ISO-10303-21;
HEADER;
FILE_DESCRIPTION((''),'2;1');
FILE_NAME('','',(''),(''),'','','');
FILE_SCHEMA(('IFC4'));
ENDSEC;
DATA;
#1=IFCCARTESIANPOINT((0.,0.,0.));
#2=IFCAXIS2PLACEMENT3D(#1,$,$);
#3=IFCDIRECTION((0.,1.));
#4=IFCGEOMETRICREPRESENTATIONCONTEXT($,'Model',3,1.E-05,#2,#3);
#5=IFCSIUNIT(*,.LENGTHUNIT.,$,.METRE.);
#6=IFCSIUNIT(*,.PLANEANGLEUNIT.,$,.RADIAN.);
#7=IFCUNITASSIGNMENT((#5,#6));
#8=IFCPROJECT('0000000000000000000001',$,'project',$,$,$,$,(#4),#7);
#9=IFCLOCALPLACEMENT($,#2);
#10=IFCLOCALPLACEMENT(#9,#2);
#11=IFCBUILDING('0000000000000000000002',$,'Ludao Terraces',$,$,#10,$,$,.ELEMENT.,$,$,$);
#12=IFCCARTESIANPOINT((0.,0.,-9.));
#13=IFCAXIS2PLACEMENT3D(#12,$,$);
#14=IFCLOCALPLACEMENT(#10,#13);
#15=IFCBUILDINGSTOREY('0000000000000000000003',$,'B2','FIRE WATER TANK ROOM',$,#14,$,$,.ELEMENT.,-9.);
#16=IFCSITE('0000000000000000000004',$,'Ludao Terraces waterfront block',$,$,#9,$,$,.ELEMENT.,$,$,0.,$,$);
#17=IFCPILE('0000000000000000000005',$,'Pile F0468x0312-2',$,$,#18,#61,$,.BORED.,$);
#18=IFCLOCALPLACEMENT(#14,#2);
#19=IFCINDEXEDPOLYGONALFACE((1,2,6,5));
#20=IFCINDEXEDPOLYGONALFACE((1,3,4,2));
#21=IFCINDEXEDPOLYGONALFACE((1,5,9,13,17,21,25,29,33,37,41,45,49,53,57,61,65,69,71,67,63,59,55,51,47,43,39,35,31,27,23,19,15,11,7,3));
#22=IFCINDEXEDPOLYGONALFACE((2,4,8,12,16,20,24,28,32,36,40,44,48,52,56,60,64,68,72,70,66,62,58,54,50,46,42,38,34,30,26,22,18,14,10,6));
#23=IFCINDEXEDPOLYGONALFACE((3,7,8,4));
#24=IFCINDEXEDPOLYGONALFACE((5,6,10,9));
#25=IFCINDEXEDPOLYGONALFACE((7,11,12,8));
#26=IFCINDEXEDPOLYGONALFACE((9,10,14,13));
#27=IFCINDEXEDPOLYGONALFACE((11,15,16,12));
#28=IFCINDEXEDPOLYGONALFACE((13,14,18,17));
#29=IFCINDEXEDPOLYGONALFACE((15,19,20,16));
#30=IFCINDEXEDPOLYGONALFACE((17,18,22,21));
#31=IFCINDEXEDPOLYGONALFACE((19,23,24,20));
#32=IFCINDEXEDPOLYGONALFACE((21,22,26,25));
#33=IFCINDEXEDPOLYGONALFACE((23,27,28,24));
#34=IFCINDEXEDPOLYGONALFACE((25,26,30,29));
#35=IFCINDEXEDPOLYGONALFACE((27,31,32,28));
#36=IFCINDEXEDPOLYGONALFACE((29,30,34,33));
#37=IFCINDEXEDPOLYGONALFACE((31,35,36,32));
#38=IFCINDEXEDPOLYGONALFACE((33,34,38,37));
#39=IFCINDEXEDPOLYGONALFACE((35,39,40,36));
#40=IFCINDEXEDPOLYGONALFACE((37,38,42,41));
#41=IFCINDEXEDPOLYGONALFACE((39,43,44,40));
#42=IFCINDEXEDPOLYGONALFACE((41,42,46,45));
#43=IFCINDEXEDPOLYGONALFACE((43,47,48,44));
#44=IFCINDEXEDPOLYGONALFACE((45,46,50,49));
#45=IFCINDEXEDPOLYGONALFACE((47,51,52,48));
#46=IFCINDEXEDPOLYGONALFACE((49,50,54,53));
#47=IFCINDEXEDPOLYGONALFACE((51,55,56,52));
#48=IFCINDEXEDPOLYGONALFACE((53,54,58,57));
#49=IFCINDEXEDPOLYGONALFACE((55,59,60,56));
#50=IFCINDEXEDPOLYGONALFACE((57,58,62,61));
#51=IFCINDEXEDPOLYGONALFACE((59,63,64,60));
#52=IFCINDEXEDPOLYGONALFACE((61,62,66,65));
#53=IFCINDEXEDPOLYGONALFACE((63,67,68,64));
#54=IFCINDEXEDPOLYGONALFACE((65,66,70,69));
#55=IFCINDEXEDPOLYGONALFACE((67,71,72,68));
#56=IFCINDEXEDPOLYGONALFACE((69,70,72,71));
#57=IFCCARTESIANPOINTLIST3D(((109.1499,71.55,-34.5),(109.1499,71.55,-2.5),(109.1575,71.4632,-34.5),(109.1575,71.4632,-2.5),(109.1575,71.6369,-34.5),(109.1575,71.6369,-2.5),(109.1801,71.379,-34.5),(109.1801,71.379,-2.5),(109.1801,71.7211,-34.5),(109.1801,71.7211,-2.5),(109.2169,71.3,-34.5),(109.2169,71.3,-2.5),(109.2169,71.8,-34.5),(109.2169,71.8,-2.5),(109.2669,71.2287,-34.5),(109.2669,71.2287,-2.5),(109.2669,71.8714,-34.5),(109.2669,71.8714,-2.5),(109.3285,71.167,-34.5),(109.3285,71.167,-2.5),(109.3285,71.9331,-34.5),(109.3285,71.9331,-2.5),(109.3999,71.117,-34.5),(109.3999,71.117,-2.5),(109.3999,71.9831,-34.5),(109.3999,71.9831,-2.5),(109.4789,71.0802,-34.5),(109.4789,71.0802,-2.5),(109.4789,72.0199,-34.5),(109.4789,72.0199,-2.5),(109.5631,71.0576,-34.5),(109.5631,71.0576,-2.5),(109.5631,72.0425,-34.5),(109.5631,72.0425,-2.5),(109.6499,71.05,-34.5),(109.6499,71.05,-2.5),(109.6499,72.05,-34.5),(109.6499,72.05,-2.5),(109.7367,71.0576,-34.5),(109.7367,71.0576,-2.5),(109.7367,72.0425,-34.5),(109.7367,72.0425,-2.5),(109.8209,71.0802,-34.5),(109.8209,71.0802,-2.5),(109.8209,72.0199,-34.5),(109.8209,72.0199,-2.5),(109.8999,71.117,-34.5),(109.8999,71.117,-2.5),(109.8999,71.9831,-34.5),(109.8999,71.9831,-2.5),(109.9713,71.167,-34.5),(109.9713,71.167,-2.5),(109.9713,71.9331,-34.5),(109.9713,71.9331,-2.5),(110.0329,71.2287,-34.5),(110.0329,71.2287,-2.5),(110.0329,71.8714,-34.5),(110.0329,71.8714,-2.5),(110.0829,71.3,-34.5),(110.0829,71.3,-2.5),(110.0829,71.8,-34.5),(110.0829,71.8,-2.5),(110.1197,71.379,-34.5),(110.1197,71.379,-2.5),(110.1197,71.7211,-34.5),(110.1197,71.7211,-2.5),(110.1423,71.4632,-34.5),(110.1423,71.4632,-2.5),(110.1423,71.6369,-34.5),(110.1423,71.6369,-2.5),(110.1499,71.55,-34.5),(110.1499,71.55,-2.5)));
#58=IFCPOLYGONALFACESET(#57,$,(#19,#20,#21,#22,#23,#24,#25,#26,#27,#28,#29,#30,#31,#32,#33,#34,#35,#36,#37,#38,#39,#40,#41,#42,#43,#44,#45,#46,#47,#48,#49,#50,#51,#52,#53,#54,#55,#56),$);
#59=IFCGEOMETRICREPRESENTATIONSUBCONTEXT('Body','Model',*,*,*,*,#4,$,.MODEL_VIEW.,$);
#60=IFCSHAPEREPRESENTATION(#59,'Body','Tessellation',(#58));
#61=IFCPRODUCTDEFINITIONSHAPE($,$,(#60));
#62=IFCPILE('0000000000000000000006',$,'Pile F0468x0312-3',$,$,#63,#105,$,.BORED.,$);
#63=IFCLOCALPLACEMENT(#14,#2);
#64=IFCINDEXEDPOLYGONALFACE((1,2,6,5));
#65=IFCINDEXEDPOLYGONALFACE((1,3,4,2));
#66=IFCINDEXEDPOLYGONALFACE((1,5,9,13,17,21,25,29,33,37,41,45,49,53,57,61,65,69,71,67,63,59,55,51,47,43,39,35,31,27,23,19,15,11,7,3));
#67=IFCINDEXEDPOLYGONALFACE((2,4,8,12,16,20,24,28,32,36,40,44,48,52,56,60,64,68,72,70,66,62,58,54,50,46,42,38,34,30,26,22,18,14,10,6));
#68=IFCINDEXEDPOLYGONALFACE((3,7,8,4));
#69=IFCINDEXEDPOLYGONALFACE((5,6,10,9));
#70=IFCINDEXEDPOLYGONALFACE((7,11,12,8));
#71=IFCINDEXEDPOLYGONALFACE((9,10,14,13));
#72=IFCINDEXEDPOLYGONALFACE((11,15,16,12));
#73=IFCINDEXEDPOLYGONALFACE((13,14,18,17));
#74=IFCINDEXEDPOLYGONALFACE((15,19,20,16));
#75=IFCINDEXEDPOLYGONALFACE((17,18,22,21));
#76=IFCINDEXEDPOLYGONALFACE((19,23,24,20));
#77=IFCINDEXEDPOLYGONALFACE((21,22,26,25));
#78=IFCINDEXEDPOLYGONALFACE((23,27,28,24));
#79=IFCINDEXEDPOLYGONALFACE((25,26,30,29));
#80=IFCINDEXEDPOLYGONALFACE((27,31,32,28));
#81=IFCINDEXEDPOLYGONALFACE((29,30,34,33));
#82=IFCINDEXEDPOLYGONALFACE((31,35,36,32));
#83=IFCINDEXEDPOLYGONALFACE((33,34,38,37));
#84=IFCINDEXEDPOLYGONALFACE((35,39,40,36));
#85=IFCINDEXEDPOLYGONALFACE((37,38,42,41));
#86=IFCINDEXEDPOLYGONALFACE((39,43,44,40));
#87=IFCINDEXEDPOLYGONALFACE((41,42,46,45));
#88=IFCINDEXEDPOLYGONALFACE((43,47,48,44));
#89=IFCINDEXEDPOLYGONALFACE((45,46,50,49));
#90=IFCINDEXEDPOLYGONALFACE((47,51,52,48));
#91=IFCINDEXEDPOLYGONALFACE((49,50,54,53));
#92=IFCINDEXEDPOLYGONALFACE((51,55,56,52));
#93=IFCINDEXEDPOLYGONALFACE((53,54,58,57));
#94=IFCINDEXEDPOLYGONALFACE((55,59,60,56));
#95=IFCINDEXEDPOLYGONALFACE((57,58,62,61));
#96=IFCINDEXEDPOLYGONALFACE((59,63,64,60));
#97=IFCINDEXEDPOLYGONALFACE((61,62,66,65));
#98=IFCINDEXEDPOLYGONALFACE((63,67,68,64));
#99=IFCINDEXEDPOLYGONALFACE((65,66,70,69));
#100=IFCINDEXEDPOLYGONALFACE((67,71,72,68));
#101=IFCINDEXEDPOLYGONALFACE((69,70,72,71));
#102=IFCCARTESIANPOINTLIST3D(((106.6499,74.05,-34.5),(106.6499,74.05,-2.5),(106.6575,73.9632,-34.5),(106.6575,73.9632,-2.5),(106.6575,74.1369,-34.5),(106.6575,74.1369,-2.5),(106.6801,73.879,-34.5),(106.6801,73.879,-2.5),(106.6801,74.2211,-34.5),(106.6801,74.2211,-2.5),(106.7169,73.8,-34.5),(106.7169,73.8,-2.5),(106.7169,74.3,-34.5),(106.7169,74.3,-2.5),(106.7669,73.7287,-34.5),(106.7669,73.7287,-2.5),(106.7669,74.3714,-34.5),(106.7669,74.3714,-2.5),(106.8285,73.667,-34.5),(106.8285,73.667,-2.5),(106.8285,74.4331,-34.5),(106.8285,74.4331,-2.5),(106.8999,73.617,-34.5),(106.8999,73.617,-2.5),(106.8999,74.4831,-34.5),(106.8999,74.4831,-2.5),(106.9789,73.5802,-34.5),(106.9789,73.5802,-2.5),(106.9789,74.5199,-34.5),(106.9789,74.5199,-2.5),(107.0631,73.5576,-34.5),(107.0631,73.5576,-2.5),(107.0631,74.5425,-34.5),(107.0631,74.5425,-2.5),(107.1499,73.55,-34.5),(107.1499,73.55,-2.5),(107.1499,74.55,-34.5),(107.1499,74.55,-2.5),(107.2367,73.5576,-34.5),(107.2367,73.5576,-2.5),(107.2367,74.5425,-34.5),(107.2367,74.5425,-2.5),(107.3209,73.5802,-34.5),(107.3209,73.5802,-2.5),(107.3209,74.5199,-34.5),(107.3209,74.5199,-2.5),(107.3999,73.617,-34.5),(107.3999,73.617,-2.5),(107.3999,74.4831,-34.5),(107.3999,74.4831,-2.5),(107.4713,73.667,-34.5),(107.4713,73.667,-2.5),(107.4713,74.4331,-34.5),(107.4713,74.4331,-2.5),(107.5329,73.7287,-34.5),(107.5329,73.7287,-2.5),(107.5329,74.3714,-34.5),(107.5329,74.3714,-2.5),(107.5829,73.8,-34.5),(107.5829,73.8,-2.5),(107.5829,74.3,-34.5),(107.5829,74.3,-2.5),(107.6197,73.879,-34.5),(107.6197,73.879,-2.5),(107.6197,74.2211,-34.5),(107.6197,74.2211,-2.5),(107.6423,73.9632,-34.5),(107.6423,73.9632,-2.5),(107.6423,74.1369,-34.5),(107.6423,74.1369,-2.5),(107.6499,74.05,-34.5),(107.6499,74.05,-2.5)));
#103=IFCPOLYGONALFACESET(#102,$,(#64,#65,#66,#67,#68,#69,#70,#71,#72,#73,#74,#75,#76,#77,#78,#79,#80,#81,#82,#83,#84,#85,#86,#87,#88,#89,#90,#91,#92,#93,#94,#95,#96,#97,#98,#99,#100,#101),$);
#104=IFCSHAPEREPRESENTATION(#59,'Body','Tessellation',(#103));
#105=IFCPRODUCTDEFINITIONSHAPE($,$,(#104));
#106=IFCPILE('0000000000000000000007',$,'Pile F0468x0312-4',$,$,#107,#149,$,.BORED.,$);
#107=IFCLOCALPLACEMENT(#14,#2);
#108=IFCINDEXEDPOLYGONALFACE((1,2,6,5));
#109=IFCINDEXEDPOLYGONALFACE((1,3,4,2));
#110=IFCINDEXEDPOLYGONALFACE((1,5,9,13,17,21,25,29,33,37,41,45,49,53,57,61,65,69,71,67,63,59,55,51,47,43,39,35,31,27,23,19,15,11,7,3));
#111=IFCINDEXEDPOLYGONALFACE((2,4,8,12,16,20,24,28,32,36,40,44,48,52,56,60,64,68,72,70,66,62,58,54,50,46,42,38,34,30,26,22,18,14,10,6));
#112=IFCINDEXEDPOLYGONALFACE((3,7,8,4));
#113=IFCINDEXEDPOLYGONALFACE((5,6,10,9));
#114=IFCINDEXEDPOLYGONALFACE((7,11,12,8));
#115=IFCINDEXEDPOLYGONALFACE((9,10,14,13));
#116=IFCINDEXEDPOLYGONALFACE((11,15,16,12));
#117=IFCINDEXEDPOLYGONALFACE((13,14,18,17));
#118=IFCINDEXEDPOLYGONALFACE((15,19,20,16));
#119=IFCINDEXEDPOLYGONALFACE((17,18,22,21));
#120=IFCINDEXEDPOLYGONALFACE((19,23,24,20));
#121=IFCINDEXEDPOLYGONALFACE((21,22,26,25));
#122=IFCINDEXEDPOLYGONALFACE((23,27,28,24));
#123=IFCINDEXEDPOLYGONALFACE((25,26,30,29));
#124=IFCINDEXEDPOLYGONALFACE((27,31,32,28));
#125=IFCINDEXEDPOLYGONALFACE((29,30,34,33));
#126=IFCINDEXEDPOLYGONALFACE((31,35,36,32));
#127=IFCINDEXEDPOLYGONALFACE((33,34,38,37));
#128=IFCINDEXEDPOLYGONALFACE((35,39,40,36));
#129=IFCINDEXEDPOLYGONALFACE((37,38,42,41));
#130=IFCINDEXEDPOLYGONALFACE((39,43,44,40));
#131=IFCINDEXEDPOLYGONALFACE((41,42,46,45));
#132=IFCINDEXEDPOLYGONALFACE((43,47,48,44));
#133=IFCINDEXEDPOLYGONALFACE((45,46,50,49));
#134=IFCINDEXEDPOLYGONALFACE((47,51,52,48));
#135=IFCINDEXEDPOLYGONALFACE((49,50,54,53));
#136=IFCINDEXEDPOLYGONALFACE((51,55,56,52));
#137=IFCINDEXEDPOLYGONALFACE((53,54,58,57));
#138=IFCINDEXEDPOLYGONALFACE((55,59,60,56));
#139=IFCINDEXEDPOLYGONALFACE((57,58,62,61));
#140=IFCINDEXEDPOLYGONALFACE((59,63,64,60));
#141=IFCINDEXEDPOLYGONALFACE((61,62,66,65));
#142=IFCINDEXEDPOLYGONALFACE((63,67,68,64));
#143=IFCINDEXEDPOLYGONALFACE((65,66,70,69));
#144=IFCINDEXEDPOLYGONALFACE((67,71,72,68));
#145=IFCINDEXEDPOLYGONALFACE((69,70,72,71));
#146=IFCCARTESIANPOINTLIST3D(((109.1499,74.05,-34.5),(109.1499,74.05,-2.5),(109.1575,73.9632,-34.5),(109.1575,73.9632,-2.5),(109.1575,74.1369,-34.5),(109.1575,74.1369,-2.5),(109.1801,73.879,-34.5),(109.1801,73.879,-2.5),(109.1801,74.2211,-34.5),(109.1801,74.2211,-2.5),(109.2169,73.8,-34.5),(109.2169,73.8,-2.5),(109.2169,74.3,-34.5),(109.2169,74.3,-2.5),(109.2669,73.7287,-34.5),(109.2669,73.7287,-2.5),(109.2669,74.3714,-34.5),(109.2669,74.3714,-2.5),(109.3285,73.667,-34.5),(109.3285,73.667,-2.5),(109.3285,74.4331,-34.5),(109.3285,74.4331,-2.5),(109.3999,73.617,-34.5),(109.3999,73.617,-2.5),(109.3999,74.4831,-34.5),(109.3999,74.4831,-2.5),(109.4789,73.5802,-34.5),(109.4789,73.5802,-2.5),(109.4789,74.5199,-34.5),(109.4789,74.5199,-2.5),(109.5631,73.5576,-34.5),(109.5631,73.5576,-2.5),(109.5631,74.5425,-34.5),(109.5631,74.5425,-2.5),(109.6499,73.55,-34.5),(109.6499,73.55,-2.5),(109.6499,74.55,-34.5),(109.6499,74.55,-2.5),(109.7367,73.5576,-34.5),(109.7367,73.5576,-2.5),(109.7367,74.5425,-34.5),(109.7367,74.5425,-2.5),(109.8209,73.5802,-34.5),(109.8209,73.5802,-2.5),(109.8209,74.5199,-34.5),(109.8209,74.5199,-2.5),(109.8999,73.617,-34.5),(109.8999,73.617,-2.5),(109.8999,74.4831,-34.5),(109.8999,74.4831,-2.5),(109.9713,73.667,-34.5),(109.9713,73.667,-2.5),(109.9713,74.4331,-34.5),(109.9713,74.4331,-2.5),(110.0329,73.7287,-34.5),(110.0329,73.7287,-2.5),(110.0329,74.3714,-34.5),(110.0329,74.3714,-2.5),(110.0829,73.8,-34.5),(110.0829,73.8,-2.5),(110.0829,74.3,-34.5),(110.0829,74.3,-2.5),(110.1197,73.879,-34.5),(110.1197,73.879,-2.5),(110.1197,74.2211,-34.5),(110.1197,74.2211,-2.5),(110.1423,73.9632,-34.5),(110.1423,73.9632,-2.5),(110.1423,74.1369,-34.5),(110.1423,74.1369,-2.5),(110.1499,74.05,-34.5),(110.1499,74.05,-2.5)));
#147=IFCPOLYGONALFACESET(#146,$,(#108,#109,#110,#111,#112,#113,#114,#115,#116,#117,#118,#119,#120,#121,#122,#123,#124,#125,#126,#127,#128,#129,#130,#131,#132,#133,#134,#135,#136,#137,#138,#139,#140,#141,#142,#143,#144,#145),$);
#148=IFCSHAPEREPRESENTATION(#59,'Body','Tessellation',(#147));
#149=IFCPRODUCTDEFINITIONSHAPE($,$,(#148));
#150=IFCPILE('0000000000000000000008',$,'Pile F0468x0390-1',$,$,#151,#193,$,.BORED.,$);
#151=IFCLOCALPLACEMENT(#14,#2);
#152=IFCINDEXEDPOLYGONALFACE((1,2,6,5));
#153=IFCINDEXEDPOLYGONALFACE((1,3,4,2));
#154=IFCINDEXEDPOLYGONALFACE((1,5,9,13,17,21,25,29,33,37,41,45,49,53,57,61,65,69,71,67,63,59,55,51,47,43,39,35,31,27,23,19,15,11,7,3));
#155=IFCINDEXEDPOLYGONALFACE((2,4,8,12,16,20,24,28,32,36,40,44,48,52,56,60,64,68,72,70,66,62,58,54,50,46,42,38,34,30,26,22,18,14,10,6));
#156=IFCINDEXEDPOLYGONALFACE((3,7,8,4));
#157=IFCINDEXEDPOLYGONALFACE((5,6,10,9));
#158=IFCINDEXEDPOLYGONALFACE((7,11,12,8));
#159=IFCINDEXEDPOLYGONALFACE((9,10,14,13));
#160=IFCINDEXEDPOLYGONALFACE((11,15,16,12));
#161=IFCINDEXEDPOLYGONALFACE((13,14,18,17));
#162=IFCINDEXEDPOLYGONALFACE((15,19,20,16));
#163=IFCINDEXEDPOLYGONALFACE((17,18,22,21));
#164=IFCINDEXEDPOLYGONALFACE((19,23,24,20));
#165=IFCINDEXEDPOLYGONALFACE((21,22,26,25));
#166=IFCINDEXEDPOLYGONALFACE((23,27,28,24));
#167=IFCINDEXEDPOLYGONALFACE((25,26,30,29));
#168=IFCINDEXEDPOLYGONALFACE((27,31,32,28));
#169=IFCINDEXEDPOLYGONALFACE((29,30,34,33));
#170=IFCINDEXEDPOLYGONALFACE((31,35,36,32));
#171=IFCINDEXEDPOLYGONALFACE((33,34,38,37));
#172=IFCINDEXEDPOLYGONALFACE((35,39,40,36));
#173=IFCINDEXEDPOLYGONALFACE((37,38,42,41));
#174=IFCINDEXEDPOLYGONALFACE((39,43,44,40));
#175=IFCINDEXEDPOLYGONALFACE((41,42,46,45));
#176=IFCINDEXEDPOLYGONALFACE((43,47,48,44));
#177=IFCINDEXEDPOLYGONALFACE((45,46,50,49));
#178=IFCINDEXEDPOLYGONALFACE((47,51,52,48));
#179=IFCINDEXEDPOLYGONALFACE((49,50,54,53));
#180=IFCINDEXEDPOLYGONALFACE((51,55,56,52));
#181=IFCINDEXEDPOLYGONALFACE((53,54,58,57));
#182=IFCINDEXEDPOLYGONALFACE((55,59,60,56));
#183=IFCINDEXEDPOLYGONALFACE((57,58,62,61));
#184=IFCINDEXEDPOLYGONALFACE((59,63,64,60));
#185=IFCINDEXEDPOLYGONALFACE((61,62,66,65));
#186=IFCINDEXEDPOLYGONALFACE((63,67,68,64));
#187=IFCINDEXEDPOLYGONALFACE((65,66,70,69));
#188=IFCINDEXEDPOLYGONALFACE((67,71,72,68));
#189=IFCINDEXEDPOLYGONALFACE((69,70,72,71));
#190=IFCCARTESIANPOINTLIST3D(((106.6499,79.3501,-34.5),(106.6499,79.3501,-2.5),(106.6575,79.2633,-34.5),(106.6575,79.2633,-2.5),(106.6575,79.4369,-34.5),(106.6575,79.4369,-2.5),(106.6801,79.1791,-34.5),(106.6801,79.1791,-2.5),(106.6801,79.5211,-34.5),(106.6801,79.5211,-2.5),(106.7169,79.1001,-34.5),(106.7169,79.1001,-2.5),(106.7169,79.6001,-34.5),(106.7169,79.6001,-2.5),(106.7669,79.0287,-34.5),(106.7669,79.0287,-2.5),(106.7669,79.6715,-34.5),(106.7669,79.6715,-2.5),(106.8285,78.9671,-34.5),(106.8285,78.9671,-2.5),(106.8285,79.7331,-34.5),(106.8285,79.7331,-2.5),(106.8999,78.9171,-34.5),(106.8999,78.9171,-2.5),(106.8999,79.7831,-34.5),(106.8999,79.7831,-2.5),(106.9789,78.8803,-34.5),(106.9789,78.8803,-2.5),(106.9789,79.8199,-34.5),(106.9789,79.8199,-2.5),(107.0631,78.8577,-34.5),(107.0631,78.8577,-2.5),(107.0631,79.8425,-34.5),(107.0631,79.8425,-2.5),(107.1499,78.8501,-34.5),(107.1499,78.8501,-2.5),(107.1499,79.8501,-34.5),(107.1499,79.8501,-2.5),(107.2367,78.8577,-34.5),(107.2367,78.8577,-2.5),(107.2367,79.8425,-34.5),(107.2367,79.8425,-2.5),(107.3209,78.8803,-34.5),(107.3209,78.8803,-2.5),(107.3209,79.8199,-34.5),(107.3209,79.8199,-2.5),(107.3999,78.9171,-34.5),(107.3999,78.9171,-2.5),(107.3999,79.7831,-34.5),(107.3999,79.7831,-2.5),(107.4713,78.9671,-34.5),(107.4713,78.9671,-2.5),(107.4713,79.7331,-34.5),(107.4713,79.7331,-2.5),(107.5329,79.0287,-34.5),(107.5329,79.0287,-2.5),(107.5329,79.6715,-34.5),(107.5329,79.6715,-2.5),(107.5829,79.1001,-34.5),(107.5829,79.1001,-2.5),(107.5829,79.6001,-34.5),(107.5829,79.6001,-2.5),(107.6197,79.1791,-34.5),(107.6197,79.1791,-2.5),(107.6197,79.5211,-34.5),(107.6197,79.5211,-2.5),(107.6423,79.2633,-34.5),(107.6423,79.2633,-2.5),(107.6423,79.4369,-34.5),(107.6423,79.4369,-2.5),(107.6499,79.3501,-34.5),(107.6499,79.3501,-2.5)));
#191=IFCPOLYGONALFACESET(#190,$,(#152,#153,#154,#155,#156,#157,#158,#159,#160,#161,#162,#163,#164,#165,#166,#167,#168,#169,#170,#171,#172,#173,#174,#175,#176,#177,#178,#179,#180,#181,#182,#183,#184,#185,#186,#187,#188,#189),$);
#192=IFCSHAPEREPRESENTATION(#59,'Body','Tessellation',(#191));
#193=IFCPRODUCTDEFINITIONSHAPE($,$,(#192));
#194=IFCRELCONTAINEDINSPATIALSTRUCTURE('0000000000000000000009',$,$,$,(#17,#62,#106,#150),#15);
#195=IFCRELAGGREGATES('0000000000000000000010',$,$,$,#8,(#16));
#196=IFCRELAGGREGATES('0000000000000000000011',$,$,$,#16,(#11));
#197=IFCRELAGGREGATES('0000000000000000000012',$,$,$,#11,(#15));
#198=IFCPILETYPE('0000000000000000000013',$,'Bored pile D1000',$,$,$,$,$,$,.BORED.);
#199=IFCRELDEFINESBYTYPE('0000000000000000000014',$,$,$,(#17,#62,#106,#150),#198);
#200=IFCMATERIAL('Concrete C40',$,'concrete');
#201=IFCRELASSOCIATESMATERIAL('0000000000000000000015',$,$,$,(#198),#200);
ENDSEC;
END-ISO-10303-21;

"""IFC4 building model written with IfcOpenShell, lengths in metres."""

from ifc_helpers import new_model, si_unit, direction, frame, origin, origin_2d, place, context, subcontext, project, spatial, circle, extrude, material, material_profile, profile_set, type_object, element, save


model = new_model("IFC4")

# Units and contexts
model_context = context("Model", 3, precision=1e-05, world=origin(), true_north=direction((0.0, 1.0)))
body_context = subcontext(model_context, "Body", "Model", "MODEL_VIEW")
ifc_project = project(units=[si_unit("LENGTHUNIT", "METRE"), si_unit("PLANEANGLEUNIT", "RADIAN")], contexts=[model_context])

# Site, building, storey
site_placement = place(None, origin())
site = spatial("IfcSite", under=ifc_project, at=site_placement, Name="Ludao Terraces waterfront block", CompositionType="ELEMENT", RefElevation=0.0)
building_placement = place(site_placement, origin())
building = spatial("IfcBuilding", under=site, at=building_placement, Name="Ludao Terraces", CompositionType="ELEMENT")
storey_placement = place(building_placement, frame((0.0, 0.0, -9.0)))
storey = spatial("IfcBuildingStorey", under=building, at=storey_placement, Name="B2", Description="FIRE WATER TANK ROOM", CompositionType="ELEMENT", Elevation=-9.0)

# Piles
ifc_material_1 = material(Name="Concrete C40", Category="concrete")
ifc_material_profile_1 = material_profile(ifc_material_1, circle(Radius=0.5, at=origin_2d()), Name="D1000 BORED PILE")
ifc_profile_set_1 = profile_set([ifc_material_profile_1], Name="Concrete C40")
pile_type = type_object("IfcPileType", Name="Bored pile D1000", PredefinedType="BORED", material=ifc_profile_set_1)
for number, where, z_axis, x_axis, name in (
    (1, (109.6499, 71.55, -2.5), (0.0, 0.0, -1.0), (1.0, 0.0, 0.0), "Pile F0468x0312-2"),
    (2, (107.1499, 74.05, -2.5), (0.0, 0.0, -1.0), (1.0, 0.0, 0.0), "Pile F0468x0312-3"),
    (3, (109.6499, 74.05, -2.5), (0.0, 0.0, -1.0), (1.0, 0.0, 0.0), "Pile F0468x0312-4"),
    (4, (107.1499, 79.3501, -2.5), (0.0, 0.0, -1.0), (1.0, 0.0, 0.0), "Pile F0468x0390-1"),
):
    element("IfcPile", number, at=place(storey_placement, frame(where, z_axis=z_axis, x_axis=x_axis)), inside=storey, type_object=pile_type, Name=name, PredefinedType="BORED", context=body_context, shape_type="SweptSolid", body=[
        extrude(circle(Radius=0.5, at=origin_2d()), origin(), (0.0, 0.0, 1.0), 32.0),
    ])

save(model, "model.ifc")
